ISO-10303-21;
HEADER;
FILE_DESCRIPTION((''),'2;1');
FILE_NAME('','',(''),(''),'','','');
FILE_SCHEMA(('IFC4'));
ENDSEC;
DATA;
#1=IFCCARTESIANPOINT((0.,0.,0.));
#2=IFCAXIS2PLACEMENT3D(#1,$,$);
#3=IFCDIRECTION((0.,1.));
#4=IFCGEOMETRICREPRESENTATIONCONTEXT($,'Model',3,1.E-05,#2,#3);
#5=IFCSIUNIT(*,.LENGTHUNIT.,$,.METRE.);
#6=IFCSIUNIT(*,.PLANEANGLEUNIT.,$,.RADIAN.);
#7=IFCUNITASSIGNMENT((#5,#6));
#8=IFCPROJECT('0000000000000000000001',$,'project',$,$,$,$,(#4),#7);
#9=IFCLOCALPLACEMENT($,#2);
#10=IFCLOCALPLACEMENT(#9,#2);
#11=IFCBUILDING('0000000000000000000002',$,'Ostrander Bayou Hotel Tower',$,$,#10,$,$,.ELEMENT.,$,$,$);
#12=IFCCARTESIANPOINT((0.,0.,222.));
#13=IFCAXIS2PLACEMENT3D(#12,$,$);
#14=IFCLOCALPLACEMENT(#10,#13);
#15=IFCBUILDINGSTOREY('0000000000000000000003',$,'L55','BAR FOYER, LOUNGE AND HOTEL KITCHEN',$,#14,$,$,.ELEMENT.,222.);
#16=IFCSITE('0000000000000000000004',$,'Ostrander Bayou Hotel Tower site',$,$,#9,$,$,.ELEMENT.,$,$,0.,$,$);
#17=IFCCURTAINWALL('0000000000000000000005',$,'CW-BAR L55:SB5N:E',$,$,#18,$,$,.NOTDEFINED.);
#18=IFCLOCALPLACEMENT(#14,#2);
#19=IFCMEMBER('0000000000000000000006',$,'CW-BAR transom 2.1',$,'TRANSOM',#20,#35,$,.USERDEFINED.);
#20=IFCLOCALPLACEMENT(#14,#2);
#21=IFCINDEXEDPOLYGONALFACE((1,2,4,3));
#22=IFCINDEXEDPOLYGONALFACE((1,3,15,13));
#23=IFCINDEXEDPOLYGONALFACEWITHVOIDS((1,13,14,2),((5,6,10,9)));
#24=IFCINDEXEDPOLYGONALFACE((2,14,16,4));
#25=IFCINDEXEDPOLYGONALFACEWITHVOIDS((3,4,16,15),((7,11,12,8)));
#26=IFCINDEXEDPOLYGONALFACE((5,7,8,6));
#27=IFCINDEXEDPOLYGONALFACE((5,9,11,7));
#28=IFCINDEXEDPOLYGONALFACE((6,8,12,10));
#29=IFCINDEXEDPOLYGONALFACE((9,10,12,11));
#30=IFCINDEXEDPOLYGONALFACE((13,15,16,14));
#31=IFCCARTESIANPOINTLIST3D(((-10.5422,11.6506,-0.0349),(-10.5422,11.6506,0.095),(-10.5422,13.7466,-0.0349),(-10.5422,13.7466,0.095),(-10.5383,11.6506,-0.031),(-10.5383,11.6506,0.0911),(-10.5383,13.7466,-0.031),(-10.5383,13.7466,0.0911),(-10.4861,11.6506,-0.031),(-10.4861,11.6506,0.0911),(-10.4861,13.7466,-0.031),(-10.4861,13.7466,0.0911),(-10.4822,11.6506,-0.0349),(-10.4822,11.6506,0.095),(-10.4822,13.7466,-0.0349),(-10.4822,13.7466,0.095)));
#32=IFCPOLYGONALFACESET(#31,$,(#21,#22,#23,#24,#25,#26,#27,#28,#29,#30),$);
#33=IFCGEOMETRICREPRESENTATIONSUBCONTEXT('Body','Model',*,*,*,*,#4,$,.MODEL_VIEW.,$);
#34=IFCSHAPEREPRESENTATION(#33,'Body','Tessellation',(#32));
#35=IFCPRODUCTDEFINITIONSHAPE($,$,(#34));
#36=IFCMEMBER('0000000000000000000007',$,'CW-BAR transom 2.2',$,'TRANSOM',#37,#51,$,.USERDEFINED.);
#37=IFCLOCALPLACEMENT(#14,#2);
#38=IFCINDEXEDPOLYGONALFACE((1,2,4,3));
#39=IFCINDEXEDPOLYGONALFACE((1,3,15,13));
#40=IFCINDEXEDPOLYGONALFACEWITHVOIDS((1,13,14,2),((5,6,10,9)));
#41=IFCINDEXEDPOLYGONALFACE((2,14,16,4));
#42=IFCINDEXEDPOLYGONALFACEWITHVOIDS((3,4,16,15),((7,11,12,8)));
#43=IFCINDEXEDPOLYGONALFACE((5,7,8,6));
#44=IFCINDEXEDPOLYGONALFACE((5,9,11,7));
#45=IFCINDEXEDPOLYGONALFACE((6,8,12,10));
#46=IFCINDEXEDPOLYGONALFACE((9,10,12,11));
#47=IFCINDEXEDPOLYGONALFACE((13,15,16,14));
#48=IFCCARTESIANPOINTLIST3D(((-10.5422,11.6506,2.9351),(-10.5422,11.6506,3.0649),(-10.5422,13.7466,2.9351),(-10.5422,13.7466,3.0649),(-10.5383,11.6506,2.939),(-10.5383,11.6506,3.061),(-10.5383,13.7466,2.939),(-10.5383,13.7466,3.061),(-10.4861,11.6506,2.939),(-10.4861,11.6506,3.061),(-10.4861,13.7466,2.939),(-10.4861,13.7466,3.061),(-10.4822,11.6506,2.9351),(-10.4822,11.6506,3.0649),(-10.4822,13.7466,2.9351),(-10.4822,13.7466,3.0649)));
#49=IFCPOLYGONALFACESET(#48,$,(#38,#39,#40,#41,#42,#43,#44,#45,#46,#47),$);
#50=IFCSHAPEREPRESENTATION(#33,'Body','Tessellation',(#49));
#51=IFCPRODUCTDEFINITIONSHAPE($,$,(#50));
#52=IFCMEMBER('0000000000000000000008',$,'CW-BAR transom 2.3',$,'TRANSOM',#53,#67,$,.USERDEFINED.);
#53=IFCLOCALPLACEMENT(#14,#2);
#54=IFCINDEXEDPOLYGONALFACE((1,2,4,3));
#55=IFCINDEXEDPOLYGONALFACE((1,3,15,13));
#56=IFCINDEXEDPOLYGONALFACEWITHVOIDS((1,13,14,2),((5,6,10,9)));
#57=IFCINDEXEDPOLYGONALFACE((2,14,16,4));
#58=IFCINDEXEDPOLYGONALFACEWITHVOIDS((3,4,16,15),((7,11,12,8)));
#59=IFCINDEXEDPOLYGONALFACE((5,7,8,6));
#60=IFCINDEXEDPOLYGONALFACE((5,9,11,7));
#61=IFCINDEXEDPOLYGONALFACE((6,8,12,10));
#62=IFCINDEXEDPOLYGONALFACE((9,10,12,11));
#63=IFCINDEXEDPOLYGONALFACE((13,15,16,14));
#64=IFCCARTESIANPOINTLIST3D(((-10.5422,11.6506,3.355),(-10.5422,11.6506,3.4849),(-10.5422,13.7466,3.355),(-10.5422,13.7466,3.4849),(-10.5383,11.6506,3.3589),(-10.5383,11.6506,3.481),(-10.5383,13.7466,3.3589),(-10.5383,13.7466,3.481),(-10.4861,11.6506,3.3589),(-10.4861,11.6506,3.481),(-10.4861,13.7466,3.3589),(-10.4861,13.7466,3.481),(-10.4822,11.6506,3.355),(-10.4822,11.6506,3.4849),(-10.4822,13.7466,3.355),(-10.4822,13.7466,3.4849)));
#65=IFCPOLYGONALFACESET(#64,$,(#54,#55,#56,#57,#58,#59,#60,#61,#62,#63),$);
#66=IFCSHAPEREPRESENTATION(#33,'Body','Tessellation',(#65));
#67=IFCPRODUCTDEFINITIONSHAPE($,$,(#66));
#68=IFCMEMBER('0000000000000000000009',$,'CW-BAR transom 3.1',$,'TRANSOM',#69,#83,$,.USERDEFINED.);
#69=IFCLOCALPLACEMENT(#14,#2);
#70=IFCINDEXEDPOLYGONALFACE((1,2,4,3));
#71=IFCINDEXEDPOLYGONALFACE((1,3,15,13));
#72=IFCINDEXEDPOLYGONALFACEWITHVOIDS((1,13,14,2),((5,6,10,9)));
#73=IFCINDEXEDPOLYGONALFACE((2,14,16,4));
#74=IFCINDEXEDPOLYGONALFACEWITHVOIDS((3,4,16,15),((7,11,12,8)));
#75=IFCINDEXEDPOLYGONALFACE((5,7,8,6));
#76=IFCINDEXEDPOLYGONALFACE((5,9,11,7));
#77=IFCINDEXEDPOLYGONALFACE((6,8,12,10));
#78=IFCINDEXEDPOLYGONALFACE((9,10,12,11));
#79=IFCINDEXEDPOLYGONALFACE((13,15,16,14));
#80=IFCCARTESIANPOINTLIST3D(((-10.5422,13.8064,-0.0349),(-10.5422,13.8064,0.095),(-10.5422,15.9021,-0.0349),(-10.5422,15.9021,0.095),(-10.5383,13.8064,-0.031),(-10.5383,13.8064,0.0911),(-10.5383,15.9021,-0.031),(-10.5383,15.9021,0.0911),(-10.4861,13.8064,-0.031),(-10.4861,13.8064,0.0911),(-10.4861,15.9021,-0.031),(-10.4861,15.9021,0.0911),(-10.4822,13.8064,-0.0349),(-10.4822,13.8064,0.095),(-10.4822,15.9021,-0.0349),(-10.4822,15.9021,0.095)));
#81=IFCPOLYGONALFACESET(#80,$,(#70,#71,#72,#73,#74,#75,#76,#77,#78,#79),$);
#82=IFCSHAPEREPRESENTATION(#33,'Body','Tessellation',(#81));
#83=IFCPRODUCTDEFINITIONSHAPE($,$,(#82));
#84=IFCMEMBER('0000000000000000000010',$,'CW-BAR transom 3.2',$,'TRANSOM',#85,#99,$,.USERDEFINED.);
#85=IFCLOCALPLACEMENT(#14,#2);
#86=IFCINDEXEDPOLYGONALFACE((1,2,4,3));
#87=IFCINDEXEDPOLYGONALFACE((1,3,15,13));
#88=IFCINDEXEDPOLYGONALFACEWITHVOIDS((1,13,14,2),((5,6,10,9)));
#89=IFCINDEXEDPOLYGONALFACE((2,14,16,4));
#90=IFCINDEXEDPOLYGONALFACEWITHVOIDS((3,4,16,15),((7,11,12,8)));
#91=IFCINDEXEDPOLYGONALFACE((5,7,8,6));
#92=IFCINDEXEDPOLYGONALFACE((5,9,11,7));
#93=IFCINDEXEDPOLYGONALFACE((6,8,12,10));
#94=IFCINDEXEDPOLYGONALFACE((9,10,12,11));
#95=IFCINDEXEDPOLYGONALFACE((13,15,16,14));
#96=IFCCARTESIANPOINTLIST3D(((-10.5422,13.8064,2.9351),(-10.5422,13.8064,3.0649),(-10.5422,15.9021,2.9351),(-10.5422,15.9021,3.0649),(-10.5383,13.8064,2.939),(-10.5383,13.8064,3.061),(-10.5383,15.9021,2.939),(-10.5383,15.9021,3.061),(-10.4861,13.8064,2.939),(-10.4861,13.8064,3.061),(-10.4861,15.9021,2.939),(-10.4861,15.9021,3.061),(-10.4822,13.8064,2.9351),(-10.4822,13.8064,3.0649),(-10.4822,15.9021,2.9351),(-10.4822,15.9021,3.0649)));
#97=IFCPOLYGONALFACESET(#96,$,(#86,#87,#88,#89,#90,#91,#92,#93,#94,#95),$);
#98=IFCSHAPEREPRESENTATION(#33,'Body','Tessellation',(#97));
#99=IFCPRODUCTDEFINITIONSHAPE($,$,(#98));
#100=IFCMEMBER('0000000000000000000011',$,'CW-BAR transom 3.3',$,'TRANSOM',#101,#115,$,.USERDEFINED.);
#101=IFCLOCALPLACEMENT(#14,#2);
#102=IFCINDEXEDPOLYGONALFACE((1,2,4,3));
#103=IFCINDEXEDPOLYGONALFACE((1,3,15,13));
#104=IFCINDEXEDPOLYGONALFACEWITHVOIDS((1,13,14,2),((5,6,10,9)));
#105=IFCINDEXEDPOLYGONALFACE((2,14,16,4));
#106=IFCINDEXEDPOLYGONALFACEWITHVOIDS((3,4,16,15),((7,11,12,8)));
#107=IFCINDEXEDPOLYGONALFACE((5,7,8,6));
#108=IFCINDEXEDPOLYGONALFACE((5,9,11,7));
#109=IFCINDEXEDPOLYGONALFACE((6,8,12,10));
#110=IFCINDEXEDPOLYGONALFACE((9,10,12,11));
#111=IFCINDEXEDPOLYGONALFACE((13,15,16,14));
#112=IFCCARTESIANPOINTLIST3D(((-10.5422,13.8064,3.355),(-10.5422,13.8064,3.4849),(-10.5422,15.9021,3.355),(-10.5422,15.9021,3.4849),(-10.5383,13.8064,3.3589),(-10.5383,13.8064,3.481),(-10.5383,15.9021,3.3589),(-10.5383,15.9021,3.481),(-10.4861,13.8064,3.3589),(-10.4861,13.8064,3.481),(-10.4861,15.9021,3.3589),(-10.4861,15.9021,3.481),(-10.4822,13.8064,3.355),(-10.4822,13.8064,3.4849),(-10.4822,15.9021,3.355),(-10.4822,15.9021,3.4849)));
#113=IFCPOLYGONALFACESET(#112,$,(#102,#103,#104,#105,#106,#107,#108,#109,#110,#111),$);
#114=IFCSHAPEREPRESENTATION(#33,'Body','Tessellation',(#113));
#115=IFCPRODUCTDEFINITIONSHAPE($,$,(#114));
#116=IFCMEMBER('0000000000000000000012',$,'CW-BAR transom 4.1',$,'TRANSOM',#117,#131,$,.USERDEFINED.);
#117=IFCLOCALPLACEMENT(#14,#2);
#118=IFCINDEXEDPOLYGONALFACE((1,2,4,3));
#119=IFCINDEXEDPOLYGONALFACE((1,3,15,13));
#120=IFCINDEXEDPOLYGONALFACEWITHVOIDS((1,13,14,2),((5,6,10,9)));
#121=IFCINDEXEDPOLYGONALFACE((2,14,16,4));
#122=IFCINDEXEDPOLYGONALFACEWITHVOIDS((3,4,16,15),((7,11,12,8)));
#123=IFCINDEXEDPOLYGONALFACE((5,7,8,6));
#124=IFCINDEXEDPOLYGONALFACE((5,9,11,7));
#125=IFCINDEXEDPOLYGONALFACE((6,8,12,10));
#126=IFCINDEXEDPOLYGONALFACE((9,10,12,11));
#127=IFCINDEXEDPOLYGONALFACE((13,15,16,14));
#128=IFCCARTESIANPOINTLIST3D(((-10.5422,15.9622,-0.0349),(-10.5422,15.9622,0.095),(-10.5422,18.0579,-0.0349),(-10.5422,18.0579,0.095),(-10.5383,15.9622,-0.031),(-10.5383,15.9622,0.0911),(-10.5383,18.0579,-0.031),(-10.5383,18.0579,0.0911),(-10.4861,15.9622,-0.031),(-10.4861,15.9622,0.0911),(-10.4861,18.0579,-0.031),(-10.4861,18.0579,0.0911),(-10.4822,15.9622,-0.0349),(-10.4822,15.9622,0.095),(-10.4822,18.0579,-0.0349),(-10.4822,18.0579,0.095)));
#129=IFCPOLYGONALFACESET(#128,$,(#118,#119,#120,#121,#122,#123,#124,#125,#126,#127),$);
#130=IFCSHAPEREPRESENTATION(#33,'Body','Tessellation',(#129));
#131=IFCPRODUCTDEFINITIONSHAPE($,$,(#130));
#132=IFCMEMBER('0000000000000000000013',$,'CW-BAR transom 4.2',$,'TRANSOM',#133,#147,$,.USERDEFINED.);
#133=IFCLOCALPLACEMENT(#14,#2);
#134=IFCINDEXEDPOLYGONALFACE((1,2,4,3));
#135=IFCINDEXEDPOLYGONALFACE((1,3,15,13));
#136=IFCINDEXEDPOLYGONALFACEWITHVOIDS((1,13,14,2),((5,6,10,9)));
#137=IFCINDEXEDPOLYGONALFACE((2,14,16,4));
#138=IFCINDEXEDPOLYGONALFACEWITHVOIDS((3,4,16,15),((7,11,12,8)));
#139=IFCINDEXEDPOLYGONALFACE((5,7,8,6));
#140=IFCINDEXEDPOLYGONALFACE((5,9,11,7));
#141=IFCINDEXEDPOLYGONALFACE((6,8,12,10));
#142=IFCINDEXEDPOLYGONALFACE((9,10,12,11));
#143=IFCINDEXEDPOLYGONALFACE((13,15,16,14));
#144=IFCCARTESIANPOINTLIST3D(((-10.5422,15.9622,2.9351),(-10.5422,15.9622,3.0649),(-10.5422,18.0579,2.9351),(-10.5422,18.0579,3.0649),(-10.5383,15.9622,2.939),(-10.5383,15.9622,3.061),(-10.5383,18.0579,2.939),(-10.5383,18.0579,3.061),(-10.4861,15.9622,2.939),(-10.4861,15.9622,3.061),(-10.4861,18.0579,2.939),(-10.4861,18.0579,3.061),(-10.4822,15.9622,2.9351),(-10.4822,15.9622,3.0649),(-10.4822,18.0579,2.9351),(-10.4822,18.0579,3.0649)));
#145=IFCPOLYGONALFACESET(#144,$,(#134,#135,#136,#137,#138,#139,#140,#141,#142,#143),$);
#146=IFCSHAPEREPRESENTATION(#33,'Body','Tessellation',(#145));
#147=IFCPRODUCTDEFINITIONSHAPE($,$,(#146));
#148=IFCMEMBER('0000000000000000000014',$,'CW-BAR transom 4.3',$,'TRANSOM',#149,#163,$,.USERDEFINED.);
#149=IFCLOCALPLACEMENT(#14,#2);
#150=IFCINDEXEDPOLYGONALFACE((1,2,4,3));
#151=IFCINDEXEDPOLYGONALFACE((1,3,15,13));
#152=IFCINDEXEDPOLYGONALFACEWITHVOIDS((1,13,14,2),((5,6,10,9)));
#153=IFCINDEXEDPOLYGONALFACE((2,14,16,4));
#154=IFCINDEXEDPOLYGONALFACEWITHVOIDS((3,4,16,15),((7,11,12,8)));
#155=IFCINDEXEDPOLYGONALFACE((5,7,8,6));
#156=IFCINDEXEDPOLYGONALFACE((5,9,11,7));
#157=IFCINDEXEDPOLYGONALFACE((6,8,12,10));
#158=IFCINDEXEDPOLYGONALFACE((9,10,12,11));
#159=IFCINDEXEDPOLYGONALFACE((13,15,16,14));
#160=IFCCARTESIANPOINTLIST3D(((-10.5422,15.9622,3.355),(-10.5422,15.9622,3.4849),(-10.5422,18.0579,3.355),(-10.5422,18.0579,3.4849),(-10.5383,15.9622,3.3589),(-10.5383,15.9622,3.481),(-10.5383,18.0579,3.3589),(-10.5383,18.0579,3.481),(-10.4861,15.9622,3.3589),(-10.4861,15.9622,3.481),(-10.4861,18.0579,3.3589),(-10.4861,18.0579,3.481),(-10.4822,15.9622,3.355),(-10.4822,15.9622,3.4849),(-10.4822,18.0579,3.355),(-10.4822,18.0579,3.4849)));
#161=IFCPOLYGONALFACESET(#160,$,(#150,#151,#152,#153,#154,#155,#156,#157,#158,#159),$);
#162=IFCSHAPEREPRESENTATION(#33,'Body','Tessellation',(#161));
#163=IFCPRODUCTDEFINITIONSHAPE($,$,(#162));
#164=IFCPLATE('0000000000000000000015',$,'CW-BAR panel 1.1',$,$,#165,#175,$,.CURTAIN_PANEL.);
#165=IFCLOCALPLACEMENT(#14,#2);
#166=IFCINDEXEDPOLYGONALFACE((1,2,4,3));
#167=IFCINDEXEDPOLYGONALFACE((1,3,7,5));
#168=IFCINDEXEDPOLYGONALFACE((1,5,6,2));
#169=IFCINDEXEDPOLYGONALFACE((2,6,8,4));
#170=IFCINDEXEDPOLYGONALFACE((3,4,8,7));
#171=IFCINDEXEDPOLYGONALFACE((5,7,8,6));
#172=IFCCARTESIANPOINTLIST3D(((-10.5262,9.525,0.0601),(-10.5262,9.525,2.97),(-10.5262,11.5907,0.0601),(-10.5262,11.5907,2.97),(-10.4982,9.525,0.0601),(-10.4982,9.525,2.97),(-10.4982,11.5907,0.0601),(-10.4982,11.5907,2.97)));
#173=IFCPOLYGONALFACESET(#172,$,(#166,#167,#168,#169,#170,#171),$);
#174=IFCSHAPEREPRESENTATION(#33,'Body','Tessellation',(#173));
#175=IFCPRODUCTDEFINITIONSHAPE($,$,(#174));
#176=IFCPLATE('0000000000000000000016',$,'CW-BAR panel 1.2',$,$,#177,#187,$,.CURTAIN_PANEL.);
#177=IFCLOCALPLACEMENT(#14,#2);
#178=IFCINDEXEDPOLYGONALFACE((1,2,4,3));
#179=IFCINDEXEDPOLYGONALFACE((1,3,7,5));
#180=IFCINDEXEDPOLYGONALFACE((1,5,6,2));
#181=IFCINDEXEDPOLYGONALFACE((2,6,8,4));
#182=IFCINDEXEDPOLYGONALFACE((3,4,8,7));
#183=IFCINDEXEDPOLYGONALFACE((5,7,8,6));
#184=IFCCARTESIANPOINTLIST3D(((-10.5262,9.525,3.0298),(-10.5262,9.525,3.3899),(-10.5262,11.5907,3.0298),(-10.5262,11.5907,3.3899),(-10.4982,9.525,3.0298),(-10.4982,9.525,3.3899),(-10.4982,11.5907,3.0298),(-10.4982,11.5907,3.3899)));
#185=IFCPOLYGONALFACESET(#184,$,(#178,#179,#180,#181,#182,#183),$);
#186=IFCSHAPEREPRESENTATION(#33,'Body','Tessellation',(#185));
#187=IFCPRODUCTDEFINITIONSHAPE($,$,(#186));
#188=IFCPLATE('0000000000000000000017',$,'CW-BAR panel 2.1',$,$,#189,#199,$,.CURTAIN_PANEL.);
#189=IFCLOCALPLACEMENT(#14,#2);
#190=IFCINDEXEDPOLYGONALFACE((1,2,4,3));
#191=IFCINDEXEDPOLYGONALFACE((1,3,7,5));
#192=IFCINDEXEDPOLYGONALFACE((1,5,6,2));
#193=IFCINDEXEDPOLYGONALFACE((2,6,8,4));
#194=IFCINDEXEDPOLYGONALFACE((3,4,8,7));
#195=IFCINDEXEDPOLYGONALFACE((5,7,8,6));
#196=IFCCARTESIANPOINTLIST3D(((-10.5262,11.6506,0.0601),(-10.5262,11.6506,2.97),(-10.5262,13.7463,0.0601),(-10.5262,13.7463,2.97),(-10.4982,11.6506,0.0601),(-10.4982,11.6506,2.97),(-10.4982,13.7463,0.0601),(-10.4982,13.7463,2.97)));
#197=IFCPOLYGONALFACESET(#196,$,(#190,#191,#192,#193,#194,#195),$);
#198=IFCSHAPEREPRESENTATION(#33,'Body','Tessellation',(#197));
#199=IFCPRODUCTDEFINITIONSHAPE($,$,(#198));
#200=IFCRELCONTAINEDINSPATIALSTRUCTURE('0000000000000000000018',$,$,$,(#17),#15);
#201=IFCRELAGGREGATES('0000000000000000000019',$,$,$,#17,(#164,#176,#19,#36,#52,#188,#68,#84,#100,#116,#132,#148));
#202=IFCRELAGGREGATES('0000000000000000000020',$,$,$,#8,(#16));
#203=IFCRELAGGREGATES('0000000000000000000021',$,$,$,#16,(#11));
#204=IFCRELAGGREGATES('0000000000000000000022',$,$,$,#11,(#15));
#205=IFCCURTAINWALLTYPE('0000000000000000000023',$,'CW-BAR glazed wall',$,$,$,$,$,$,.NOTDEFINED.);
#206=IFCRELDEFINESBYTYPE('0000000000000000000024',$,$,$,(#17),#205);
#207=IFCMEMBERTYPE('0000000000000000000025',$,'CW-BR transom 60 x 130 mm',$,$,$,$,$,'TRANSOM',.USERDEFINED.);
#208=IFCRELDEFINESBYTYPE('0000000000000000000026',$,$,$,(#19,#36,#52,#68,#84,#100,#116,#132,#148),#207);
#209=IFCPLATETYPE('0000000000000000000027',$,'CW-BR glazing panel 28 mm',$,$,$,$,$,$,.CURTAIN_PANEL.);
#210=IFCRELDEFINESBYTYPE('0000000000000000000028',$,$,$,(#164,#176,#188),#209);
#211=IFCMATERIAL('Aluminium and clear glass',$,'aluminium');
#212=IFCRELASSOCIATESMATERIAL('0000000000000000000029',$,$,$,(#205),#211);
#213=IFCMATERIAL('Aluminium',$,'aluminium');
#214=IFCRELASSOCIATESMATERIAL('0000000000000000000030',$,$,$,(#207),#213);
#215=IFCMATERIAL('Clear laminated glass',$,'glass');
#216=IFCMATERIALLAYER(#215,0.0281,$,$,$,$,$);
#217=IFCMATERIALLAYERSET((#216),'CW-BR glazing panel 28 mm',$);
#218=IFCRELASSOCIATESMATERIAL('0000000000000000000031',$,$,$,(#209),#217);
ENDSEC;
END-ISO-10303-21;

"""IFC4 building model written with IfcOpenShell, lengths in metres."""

from ifc_helpers import new_model, si_unit, direction, frame, origin, origin_2d, place, context, subcontext, project, spatial, rectangle, hollow_rectangle, extrude, material, layer, layer_set, material_profile, profile_set, type_object, element, aggregate, save


model = new_model("IFC4")

# Units and contexts
model_context = context("Model", 3, precision=1e-05, world=origin(), true_north=direction((0.0, 1.0)))
body_context = subcontext(model_context, "Body", "Model", "MODEL_VIEW")
ifc_project = project(units=[si_unit("LENGTHUNIT", "METRE"), si_unit("PLANEANGLEUNIT", "RADIAN")], contexts=[model_context])

# Site, building, storey
site_placement = place(None, origin())
site = spatial("IfcSite", under=ifc_project, at=site_placement, Name="Ostrander Bayou Hotel Tower site", CompositionType="ELEMENT", RefElevation=0.0)
building_placement = place(site_placement, origin())
building = spatial("IfcBuilding", under=site, at=building_placement, Name="Ostrander Bayou Hotel Tower", CompositionType="ELEMENT")
storey_placement = place(building_placement, frame((0.0, 0.0, 222.0)))
storey = spatial("IfcBuildingStorey", under=building, at=storey_placement, Name="L55", Description="BAR FOYER, LOUNGE AND HOTEL KITCHEN", CompositionType="ELEMENT", Elevation=222.0)

# Curtain wall, members, plates
ifc_material_1 = material(Name="Aluminium and clear glass", Category="aluminium")
curtain_wall_type = type_object("IfcCurtainWallType", Name="CW-BAR glazed wall", PredefinedType="NOTDEFINED", material=ifc_material_1)
curtain_wall_placement = place(storey_placement, origin())
curtain_wall = element("IfcCurtainWall", 1, at=curtain_wall_placement, inside=storey, type_object=curtain_wall_type, Name="CW-BAR L55:SB5N:E", PredefinedType="NOTDEFINED")
ifc_material_2 = material(Name="Aluminium", Category="aluminium")
ifc_material_profile = material_profile(ifc_material_2, hollow_rectangle(XDim=0.0601, YDim=0.1299, WallThickness=0.0039, at=origin_2d()))
ifc_profile_set = profile_set([ifc_material_profile], Name="Aluminium")
member_type = type_object("IfcMemberType", Name="CW-BR transom 60 x 130 mm", ElementType="TRANSOM", PredefinedType="USERDEFINED", material=ifc_profile_set)
member_1_placement = place(storey_placement, frame((-10.5122, 11.6506, 0.03), z_axis=(0.0, 1.0, 0.0), x_axis=(-1.0, 0.0, 0.0)))
member_1 = element("IfcMember", 2, at=member_1_placement, type_object=member_type, Name="CW-BAR transom 2.1", ObjectType="TRANSOM", PredefinedType="USERDEFINED", context=body_context, shape_type="SweptSolid", body=[
    extrude(hollow_rectangle(XDim=0.0601, YDim=0.1299, WallThickness=0.0039, at=origin_2d()), origin(), (0.0, 0.0, 1.0), 2.0959),
])
member_2_placement = place(storey_placement, frame((-10.5122, 11.6506, 3.0), z_axis=(0.0, 1.0, 0.0), x_axis=(-1.0, 0.0, 0.0)))
member_2 = element("IfcMember", 3, at=member_2_placement, type_object=member_type, Name="CW-BAR transom 2.2", ObjectType="TRANSOM", PredefinedType="USERDEFINED", context=body_context, shape_type="SweptSolid", body=[
    extrude(hollow_rectangle(XDim=0.0601, YDim=0.1299, WallThickness=0.0039, at=origin_2d()), origin(), (0.0, 0.0, 1.0), 2.0959),
])
member_3_placement = place(storey_placement, frame((-10.5122, 11.6506, 3.4199), z_axis=(0.0, 1.0, 0.0), x_axis=(-1.0, 0.0, 0.0)))
member_3 = element("IfcMember", 4, at=member_3_placement, type_object=member_type, Name="CW-BAR transom 2.3", ObjectType="TRANSOM", PredefinedType="USERDEFINED", context=body_context, shape_type="SweptSolid", body=[
    extrude(hollow_rectangle(XDim=0.0601, YDim=0.1299, WallThickness=0.0039, at=origin_2d()), origin(), (0.0, 0.0, 1.0), 2.0959),
])
member_4_placement = place(storey_placement, frame((-10.5122, 13.8064, 0.03), z_axis=(0.0, 1.0, 0.0), x_axis=(-1.0, 0.0, 0.0)))
member_4 = element("IfcMember", 5, at=member_4_placement, type_object=member_type, Name="CW-BAR transom 3.1", ObjectType="TRANSOM", PredefinedType="USERDEFINED", context=body_context, shape_type="SweptSolid", body=[
    extrude(hollow_rectangle(XDim=0.0601, YDim=0.1299, WallThickness=0.0039, at=origin_2d()), origin(), (0.0, 0.0, 1.0), 2.0957),
])
member_5_placement = place(storey_placement, frame((-10.5122, 13.8064, 3.0), z_axis=(0.0, 1.0, 0.0), x_axis=(-1.0, 0.0, 0.0)))
member_5 = element("IfcMember", 6, at=member_5_placement, type_object=member_type, Name="CW-BAR transom 3.2", ObjectType="TRANSOM", PredefinedType="USERDEFINED", context=body_context, shape_type="SweptSolid", body=[
    extrude(hollow_rectangle(XDim=0.0601, YDim=0.1299, WallThickness=0.0039, at=origin_2d()), origin(), (0.0, 0.0, 1.0), 2.0957),
])
member_6_placement = place(storey_placement, frame((-10.5122, 13.8064, 3.4199), z_axis=(0.0, 1.0, 0.0), x_axis=(-1.0, 0.0, 0.0)))
member_6 = element("IfcMember", 7, at=member_6_placement, type_object=member_type, Name="CW-BAR transom 3.3", ObjectType="TRANSOM", PredefinedType="USERDEFINED", context=body_context, shape_type="SweptSolid", body=[
    extrude(hollow_rectangle(XDim=0.0601, YDim=0.1299, WallThickness=0.0039, at=origin_2d()), origin(), (0.0, 0.0, 1.0), 2.0957),
])
member_7_placement = place(storey_placement, frame((-10.5122, 15.9622, 0.03), z_axis=(0.0, 1.0, 0.0), x_axis=(-1.0, 0.0, 0.0)))
member_7 = element("IfcMember", 8, at=member_7_placement, type_object=member_type, Name="CW-BAR transom 4.1", ObjectType="TRANSOM", PredefinedType="USERDEFINED", context=body_context, shape_type="SweptSolid", body=[
    extrude(hollow_rectangle(XDim=0.0601, YDim=0.1299, WallThickness=0.0039, at=origin_2d()), origin(), (0.0, 0.0, 1.0), 2.0957),
])
member_8_placement = place(storey_placement, frame((-10.5122, 15.9622, 3.0), z_axis=(0.0, 1.0, 0.0), x_axis=(-1.0, 0.0, 0.0)))
member_8 = element("IfcMember", 9, at=member_8_placement, type_object=member_type, Name="CW-BAR transom 4.2", ObjectType="TRANSOM", PredefinedType="USERDEFINED", context=body_context, shape_type="SweptSolid", body=[
    extrude(hollow_rectangle(XDim=0.0601, YDim=0.1299, WallThickness=0.0039, at=origin_2d()), origin(), (0.0, 0.0, 1.0), 2.0957),
])
member_9_placement = place(storey_placement, frame((-10.5122, 15.9622, 3.4199), z_axis=(0.0, 1.0, 0.0), x_axis=(-1.0, 0.0, 0.0)))
member_9 = element("IfcMember", 10, at=member_9_placement, type_object=member_type, Name="CW-BAR transom 4.3", ObjectType="TRANSOM", PredefinedType="USERDEFINED", context=body_context, shape_type="SweptSolid", body=[
    extrude(hollow_rectangle(XDim=0.0601, YDim=0.1299, WallThickness=0.0039, at=origin_2d()), origin(), (0.0, 0.0, 1.0), 2.0957),
])
ifc_material_3 = material(Name="Clear laminated glass", Category="glass")
ifc_layer_1 = layer(ifc_material_3, 0.0281)
ifc_layer_set_1 = layer_set([ifc_layer_1], Name="CW-BR glazing panel 28 mm")
plate_type = type_object("IfcPlateType", Name="CW-BR glazing panel 28 mm", PredefinedType="CURTAIN_PANEL", material=ifc_layer_set_1)
plate_1_placement = place(storey_placement, frame((-10.5122, 10.5579, 0.0601), z_axis=(0.0, 0.0, 1.0), x_axis=(0.0, 1.0, 0.0)))
plate_1 = element("IfcPlate", 11, at=plate_1_placement, type_object=plate_type, Name="CW-BAR panel 1.1", PredefinedType="CURTAIN_PANEL", context=body_context, shape_type="SweptSolid", body=[
    extrude(rectangle(XDim=2.0657, YDim=0.0281, at=origin_2d()), origin(), (0.0, 0.0, 1.0), 2.9099),
])
plate_2_placement = place(storey_placement, frame((-10.5122, 10.5579, 3.0298), z_axis=(0.0, 0.0, 1.0), x_axis=(0.0, 1.0, 0.0)))
plate_2 = element("IfcPlate", 12, at=plate_2_placement, type_object=plate_type, Name="CW-BAR panel 1.2", PredefinedType="CURTAIN_PANEL", context=body_context, shape_type="SweptSolid", body=[
    extrude(rectangle(XDim=2.0657, YDim=0.0281, at=origin_2d()), origin(), (0.0, 0.0, 1.0), 0.3601),
])
plate_3_placement = place(storey_placement, frame((-10.5122, 12.6985, 0.0601), z_axis=(0.0, 0.0, 1.0), x_axis=(0.0, 1.0, 0.0)))
plate_3 = element("IfcPlate", 13, at=plate_3_placement, type_object=plate_type, Name="CW-BAR panel 2.1", PredefinedType="CURTAIN_PANEL", context=body_context, shape_type="SweptSolid", body=[
    extrude(rectangle(XDim=2.0957, YDim=0.0281, at=origin_2d()), origin(), (0.0, 0.0, 1.0), 2.9099),
])
aggregate(curtain_wall, [plate_1, plate_2, member_1, member_2, member_3, plate_3, member_4, member_5, member_6, member_7, member_8, member_9])

save(model, "model.ifc")
